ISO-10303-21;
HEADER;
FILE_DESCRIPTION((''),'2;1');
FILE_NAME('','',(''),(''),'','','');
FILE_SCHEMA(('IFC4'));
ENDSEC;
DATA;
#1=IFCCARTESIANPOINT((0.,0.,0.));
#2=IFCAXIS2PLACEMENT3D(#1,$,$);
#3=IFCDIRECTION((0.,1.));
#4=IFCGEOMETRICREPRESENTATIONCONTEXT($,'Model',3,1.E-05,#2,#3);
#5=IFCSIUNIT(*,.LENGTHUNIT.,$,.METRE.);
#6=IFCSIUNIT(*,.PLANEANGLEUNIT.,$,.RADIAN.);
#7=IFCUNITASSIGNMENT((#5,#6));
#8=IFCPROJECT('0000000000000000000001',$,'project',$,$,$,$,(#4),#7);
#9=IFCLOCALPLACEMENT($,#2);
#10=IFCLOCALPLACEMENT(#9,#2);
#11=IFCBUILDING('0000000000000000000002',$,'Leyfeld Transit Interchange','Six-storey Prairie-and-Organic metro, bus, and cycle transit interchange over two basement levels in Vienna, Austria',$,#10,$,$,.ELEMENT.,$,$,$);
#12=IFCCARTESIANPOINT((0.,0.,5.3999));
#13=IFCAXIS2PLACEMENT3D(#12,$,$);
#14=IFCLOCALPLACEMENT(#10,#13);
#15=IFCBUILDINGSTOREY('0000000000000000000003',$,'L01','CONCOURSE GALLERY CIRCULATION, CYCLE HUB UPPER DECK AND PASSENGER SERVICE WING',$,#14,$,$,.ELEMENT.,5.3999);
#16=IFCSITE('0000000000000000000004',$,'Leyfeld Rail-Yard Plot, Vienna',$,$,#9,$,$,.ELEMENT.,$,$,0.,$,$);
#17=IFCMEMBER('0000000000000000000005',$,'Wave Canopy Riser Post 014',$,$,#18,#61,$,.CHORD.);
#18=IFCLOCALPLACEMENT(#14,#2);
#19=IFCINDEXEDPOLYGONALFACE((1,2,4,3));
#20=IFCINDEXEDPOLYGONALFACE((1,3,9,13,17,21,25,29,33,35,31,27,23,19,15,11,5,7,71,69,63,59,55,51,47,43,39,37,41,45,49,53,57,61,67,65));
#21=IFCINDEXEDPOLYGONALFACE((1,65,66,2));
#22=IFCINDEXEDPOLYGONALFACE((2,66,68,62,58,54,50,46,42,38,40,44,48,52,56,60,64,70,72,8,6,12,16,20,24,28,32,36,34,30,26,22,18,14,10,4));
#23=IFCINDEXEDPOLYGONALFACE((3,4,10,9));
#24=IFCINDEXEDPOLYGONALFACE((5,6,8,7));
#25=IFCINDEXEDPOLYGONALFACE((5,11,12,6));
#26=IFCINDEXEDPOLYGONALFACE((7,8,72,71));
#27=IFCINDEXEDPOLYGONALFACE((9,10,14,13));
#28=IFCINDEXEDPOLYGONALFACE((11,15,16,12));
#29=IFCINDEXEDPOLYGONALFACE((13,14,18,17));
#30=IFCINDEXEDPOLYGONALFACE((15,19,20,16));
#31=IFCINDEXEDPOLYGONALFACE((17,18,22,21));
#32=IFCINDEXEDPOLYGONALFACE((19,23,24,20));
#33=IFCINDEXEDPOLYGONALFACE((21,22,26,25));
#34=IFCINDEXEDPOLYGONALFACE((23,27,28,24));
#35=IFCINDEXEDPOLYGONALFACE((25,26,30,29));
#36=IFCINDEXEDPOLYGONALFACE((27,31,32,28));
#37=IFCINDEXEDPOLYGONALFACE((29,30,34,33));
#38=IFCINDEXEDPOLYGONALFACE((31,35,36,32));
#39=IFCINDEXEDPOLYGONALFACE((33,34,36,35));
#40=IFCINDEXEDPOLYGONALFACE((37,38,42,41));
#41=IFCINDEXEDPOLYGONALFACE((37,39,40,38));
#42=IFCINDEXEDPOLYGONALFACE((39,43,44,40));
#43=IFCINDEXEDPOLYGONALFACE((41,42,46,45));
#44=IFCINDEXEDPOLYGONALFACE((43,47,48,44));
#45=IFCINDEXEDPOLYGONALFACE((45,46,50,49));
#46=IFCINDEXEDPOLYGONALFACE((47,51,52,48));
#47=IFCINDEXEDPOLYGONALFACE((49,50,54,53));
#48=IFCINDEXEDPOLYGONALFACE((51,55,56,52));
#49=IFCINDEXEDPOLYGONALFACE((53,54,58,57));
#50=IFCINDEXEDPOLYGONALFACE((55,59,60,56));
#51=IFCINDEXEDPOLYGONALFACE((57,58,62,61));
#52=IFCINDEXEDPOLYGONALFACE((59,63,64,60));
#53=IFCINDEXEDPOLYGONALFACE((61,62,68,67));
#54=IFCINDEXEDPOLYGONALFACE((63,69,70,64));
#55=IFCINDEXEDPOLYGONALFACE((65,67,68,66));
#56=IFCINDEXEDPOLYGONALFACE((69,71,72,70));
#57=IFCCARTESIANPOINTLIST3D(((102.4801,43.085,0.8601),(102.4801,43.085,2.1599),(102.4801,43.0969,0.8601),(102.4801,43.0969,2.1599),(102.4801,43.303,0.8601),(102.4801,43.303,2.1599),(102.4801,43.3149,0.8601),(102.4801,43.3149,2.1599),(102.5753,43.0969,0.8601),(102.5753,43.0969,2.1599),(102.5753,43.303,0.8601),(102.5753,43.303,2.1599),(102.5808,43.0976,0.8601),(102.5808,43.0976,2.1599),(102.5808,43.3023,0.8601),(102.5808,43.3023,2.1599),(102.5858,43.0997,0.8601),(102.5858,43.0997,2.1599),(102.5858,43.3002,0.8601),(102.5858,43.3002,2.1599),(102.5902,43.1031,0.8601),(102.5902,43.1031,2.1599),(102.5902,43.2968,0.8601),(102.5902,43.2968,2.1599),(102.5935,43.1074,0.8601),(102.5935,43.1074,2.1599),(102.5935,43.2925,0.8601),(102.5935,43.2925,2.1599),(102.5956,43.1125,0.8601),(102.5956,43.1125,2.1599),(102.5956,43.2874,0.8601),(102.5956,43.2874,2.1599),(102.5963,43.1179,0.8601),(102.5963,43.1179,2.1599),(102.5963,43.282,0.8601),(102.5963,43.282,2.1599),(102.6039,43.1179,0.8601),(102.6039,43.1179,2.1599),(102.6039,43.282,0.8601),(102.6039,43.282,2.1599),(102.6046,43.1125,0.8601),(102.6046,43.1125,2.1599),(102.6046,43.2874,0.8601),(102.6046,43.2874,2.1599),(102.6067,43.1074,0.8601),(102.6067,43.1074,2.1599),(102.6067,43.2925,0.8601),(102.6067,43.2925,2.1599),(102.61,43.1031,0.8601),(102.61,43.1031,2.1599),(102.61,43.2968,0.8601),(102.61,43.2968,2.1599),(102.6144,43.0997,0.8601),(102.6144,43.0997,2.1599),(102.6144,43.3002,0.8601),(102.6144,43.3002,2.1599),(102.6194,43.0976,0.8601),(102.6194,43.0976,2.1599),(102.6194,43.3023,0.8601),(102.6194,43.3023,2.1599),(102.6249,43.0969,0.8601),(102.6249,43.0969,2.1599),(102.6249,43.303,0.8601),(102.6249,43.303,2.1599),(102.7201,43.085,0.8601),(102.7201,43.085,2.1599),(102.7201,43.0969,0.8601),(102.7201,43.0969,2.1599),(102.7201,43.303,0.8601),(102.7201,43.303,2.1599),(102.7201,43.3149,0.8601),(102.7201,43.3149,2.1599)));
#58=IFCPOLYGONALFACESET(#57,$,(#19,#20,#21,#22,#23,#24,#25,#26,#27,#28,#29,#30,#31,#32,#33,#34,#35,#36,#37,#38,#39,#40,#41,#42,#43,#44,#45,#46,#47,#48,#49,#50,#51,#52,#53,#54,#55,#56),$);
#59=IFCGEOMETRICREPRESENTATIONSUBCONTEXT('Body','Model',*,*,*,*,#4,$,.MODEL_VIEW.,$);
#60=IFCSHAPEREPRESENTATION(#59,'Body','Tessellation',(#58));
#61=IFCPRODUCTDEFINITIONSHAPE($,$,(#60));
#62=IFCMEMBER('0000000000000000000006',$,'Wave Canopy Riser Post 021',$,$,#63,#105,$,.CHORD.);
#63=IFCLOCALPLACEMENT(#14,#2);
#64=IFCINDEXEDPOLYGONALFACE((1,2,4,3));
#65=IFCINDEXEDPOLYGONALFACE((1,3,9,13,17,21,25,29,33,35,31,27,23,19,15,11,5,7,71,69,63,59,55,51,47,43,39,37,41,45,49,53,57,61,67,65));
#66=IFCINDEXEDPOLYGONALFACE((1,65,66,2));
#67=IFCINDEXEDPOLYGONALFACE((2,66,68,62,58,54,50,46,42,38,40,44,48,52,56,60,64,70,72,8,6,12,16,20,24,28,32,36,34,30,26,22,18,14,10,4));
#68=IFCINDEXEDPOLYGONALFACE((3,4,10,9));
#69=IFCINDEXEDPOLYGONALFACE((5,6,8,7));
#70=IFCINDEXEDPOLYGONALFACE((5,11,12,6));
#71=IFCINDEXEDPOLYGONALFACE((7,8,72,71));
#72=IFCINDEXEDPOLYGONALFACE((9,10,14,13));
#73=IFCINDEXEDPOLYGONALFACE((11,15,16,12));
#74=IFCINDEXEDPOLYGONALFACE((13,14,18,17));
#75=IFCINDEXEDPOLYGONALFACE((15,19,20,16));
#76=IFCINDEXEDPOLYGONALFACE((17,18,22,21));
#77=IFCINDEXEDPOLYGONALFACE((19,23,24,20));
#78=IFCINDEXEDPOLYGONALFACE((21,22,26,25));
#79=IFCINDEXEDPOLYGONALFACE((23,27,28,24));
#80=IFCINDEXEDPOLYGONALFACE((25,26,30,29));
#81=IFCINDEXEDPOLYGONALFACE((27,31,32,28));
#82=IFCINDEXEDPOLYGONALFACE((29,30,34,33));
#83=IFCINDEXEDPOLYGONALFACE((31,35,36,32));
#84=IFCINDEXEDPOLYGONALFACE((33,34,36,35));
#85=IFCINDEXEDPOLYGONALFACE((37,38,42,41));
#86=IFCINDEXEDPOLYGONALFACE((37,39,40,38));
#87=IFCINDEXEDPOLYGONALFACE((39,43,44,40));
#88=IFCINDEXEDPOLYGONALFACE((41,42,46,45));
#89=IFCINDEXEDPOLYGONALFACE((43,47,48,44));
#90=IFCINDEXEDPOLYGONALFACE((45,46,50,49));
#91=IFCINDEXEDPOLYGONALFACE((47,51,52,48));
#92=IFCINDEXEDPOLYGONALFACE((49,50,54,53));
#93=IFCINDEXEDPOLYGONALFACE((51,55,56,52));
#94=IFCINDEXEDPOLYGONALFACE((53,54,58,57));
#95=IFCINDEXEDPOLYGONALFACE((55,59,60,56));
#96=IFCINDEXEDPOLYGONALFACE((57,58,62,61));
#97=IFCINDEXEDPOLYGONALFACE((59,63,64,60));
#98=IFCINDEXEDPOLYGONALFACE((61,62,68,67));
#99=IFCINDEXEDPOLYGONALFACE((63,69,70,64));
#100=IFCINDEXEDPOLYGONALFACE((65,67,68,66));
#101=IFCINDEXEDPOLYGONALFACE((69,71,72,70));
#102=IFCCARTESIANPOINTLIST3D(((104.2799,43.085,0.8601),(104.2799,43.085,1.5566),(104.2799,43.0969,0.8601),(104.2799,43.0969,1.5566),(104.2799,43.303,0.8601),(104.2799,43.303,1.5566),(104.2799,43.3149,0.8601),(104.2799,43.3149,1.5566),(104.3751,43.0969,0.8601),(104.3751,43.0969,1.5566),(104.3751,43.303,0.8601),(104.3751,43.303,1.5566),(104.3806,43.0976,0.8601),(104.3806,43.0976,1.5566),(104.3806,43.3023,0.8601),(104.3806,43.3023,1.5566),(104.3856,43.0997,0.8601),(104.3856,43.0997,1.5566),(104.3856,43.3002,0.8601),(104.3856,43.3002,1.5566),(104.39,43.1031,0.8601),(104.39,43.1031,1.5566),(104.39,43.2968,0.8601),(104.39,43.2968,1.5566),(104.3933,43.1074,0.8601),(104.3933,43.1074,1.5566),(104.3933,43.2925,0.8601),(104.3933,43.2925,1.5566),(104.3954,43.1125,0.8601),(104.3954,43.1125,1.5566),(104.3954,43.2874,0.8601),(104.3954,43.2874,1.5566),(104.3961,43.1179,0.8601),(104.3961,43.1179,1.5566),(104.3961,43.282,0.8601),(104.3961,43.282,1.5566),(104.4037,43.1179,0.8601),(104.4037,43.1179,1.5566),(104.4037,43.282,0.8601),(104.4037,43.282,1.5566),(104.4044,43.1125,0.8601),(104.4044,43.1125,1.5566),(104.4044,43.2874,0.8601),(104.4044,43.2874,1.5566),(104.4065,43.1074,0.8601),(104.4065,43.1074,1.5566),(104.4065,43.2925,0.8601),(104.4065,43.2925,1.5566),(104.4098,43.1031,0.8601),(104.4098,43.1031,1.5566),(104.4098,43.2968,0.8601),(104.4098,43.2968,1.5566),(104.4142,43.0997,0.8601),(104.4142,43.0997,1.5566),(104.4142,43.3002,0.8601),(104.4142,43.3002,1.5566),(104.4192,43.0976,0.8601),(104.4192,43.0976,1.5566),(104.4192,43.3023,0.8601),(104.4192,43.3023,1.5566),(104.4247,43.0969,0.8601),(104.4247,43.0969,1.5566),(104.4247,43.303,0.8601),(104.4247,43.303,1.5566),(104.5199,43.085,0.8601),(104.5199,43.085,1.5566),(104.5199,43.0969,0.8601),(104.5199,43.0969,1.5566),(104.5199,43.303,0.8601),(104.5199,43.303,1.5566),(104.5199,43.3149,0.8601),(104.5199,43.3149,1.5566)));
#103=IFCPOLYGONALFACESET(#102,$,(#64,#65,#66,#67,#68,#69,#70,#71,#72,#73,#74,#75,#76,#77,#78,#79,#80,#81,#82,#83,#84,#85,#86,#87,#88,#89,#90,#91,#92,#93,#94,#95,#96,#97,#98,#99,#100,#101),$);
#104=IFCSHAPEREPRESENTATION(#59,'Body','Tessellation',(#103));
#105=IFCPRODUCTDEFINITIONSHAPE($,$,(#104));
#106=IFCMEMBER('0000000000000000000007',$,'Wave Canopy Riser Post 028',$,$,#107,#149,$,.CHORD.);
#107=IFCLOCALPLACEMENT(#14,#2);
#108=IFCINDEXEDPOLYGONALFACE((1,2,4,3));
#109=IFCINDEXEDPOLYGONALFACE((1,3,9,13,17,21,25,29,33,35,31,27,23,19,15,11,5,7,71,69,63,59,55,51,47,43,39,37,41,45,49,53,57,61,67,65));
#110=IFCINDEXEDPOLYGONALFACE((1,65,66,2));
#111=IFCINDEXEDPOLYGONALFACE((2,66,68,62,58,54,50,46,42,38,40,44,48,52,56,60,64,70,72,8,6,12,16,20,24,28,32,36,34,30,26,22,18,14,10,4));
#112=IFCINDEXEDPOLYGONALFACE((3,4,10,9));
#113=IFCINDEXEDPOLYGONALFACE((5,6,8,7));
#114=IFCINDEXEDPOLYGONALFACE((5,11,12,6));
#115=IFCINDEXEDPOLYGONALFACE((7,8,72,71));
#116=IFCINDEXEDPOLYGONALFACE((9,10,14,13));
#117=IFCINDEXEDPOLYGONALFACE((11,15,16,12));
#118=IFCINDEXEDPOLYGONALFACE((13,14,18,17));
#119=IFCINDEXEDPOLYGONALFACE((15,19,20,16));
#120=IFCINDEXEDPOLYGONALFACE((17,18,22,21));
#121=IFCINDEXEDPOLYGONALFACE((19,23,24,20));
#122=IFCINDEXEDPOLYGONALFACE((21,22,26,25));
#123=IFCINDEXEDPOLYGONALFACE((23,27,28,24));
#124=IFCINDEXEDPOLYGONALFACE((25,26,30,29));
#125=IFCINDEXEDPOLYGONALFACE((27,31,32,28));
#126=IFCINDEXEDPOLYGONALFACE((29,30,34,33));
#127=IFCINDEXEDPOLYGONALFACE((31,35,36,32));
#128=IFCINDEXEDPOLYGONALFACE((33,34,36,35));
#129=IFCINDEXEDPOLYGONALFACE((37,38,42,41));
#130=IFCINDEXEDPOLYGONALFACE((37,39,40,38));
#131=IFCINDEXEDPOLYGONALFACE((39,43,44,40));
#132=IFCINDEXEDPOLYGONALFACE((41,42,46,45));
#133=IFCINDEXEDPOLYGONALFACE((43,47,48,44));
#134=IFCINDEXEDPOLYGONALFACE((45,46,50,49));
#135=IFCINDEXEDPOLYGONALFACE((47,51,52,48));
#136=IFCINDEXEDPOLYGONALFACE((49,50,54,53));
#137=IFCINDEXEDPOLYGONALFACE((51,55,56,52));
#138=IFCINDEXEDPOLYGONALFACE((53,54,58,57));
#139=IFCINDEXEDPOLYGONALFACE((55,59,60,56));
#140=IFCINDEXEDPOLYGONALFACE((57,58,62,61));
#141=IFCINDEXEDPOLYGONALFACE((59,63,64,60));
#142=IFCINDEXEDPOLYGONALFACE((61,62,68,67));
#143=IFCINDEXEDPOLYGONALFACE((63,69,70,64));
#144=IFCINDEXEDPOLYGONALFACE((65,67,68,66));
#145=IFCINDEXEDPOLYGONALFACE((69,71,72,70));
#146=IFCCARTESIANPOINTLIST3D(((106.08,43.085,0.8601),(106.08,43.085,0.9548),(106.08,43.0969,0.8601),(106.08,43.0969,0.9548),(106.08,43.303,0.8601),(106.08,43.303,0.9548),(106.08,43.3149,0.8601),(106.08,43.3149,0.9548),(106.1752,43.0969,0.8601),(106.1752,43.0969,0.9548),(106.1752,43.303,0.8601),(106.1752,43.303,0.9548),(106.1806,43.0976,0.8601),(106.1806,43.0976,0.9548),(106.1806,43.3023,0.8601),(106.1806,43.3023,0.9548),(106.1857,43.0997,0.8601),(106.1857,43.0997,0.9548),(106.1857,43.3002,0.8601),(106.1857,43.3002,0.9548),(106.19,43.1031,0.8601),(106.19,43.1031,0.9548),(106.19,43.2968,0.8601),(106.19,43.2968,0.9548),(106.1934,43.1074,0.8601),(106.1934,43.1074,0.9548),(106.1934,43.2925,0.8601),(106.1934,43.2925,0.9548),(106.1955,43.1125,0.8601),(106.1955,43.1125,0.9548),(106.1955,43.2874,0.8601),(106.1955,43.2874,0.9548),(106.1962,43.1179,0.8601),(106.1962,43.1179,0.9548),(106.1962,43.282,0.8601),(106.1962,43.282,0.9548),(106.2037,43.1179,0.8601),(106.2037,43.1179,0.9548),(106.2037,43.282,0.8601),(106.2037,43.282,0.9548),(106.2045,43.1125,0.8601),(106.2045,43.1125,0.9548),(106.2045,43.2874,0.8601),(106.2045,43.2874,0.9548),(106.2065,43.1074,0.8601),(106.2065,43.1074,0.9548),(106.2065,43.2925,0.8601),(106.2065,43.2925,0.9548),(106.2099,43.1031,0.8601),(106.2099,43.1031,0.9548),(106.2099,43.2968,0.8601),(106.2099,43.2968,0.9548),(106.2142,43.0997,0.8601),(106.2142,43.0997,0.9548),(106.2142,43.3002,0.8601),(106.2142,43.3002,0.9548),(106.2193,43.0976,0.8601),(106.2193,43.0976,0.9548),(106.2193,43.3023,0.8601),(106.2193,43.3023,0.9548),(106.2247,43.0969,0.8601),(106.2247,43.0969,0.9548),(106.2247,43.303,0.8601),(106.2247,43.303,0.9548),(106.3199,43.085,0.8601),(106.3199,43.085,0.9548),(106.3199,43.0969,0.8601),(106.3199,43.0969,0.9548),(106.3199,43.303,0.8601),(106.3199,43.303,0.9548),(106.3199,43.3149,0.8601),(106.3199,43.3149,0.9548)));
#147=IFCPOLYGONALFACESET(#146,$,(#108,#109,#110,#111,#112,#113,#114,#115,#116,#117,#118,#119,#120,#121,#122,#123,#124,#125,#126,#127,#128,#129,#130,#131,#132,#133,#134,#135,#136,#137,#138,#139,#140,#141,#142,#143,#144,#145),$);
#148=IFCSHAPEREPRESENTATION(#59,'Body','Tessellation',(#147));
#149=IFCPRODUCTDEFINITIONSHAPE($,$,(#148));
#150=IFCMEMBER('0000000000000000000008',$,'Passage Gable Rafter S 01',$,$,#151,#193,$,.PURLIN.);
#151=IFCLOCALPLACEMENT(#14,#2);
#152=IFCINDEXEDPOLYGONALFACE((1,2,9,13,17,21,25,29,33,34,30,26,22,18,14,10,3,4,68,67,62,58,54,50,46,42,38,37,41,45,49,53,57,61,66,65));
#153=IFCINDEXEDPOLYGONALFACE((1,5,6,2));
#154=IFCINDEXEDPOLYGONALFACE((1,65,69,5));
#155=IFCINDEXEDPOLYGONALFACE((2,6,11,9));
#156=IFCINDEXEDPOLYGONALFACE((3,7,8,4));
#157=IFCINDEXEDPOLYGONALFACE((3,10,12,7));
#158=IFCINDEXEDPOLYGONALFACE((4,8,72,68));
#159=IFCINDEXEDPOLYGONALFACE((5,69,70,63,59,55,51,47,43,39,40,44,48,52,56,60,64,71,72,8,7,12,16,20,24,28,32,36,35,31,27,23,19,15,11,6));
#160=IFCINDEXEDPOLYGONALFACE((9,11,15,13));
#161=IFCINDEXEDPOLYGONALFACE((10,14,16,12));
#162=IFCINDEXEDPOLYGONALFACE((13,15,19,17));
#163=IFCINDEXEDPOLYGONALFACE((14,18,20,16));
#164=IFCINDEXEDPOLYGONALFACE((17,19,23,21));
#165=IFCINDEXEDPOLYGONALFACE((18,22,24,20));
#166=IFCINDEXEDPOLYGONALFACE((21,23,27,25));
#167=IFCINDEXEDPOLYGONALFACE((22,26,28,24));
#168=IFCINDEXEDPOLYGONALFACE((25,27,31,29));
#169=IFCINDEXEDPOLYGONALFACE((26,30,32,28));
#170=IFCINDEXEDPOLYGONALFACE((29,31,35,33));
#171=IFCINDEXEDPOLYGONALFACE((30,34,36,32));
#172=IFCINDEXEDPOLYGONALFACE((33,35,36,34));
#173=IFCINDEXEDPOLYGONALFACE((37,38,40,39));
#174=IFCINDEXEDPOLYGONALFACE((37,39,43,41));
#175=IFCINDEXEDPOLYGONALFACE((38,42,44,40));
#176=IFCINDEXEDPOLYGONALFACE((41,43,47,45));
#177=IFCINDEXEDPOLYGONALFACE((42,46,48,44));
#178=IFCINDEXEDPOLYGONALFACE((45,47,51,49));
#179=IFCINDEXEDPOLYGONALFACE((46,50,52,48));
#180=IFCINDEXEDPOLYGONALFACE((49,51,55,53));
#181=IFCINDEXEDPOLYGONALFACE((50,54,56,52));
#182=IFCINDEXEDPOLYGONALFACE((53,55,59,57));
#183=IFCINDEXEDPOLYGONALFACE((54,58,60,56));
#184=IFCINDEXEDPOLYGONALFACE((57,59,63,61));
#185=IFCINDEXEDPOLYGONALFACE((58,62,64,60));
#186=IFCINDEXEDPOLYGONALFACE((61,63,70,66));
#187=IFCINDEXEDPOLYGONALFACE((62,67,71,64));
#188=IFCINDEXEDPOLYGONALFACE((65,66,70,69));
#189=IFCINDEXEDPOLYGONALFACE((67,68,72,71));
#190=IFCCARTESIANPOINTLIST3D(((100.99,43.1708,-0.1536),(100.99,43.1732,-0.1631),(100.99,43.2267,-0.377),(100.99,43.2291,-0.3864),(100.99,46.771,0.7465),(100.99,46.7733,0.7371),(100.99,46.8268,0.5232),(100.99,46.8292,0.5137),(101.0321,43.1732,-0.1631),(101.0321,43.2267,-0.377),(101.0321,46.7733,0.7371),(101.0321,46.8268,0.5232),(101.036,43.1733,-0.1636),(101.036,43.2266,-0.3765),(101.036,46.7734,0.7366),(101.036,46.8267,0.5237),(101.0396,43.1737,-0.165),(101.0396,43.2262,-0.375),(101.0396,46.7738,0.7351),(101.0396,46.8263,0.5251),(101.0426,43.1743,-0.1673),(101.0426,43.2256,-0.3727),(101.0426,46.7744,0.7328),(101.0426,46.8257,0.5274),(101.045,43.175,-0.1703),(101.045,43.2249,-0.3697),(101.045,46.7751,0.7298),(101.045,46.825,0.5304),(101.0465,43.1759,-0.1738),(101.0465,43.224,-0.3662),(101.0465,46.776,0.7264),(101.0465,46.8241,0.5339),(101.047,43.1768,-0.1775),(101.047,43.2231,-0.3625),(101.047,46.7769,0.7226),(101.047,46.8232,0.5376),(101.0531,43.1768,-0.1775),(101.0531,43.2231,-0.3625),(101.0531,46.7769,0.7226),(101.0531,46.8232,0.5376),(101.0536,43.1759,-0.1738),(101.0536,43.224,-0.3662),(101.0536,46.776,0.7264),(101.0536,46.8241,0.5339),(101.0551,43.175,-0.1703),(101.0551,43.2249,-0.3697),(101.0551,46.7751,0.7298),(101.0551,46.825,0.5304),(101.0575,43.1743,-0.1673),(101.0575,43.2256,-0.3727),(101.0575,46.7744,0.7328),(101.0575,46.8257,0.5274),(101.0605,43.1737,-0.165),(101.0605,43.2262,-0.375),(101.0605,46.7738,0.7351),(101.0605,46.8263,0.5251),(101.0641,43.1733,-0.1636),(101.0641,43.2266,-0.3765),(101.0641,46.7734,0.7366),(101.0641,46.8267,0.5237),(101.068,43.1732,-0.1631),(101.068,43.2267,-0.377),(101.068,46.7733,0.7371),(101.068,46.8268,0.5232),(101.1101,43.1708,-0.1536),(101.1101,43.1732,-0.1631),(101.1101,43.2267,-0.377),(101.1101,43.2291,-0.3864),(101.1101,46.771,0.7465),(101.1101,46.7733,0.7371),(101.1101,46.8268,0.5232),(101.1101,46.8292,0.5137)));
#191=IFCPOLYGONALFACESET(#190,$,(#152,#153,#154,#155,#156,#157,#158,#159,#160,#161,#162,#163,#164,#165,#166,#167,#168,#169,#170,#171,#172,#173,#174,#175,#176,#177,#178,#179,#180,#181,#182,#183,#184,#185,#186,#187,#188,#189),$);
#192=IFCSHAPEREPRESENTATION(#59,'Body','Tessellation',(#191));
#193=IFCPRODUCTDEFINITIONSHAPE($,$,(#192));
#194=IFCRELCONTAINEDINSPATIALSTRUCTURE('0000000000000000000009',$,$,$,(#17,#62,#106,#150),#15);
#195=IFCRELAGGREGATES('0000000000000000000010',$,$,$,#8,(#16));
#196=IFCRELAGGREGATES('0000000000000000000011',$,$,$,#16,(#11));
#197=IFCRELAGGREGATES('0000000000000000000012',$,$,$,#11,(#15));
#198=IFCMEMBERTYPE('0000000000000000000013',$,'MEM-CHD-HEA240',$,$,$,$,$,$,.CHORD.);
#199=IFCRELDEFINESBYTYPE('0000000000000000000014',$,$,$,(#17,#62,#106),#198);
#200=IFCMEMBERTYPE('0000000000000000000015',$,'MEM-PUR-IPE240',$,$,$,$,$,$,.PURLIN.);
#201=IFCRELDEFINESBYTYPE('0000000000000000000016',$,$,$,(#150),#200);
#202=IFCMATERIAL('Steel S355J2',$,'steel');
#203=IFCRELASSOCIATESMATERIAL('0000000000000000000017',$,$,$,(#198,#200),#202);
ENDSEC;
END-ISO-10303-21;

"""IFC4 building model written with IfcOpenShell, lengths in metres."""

from ifc_helpers import new_model, si_unit, direction, frame, origin, origin_2d, place, context, subcontext, project, spatial, i_section, extrude, material, material_profile, profile_set, type_object, element, save


model = new_model("IFC4")

# Units and contexts
model_context = context("Model", 3, precision=1e-05, world=origin(), true_north=direction((0.0, 1.0)))
body_context = subcontext(model_context, "Body", "Model", "MODEL_VIEW")
ifc_project = project(units=[si_unit("LENGTHUNIT", "METRE"), si_unit("PLANEANGLEUNIT", "RADIAN")], contexts=[model_context])

# Site, building, storey
site_placement = place(None, origin())
site = spatial("IfcSite", under=ifc_project, at=site_placement, Name="Leyfeld Rail-Yard Plot, Vienna", CompositionType="ELEMENT", RefElevation=0.0)
building_placement = place(site_placement, origin())
building = spatial("IfcBuilding", under=site, at=building_placement, Name="Leyfeld Transit Interchange", Description="Six-storey Prairie-and-Organic metro, bus, and cycle transit interchange over two basement levels in Vienna, Austria", CompositionType="ELEMENT")
storey_placement = place(building_placement, frame((0.0, 0.0, 5.3999)))
storey = spatial("IfcBuildingStorey", under=building, at=storey_placement, Name="L01", Description="CONCOURSE GALLERY CIRCULATION, CYCLE HUB UPPER DECK AND PASSENGER SERVICE WING", CompositionType="ELEMENT", Elevation=5.3999)

# Shared definitions
ifc_material_1 = material(Name="Steel S355J2", Category="steel")

# Members
ifc_material_profile_1 = material_profile(ifc_material_1, i_section(OverallWidth=0.24, OverallDepth=0.23, WebThickness=0.0076, FlangeThickness=0.012, FilletRadius=0.021, at=origin_2d()), Name="HEA 240")
ifc_profile_set_1 = profile_set([ifc_material_profile_1], Name="Steel S355J2")
member_type_1 = type_object("IfcMemberType", Name="MEM-CHD-HEA240", PredefinedType="CHORD", material=ifc_profile_set_1)
member_1_placement = place(storey_placement, frame((102.6001, 43.2, 0.8601), z_axis=(0.0, 0.0, 1.0), x_axis=(1.0, 0.0, 0.0)))
element("IfcMember", 1, at=member_1_placement, inside=storey, type_object=member_type_1, Name="Wave Canopy Riser Post 014", PredefinedType="CHORD", context=body_context, shape_type="SweptSolid", body=[
    extrude(i_section(OverallWidth=0.24, OverallDepth=0.23, WebThickness=0.0076, FlangeThickness=0.012, FilletRadius=0.021, at=origin_2d()), origin(), (0.0, 0.0, 1.0), 1.2998),
])
member_2_placement = place(storey_placement, frame((104.3999, 43.2, 0.8601), z_axis=(0.0, 0.0, 1.0), x_axis=(1.0, 0.0, 0.0)))
element("IfcMember", 2, at=member_2_placement, inside=storey, type_object=member_type_1, Name="Wave Canopy Riser Post 021", PredefinedType="CHORD", context=body_context, shape_type="SweptSolid", body=[
    extrude(i_section(OverallWidth=0.24, OverallDepth=0.23, WebThickness=0.0076, FlangeThickness=0.012, FilletRadius=0.021, at=origin_2d()), origin(), (0.0, 0.0, 1.0), 0.6965),
])
member_3_placement = place(storey_placement, frame((106.2, 43.2, 0.8601), z_axis=(0.0, 0.0, 1.0), x_axis=(1.0, 0.0, 0.0)))
element("IfcMember", 3, at=member_3_placement, inside=storey, type_object=member_type_1, Name="Wave Canopy Riser Post 028", PredefinedType="CHORD", context=body_context, shape_type="SweptSolid", body=[
    extrude(i_section(OverallWidth=0.24, OverallDepth=0.23, WebThickness=0.0076, FlangeThickness=0.012, FilletRadius=0.021, at=origin_2d()), origin(), (0.0, 0.0, 1.0), 0.0947),
])
ifc_material_profile_2 = material_profile(ifc_material_1, i_section(OverallWidth=0.1201, OverallDepth=0.24, WebThickness=0.0061, FlangeThickness=0.0098, FilletRadius=0.0149, at=origin_2d()), Name="IPE 240")
ifc_profile_set_2 = profile_set([ifc_material_profile_2], Name="Steel S355J2")
member_type_2 = type_object("IfcMemberType", Name="MEM-PUR-IPE240", PredefinedType="PURLIN", material=ifc_profile_set_2)
member_4_placement = place(storey_placement, frame((101.05, 43.2, -0.27), z_axis=(0.0, 0.970135, 0.242567), x_axis=(-1.0, 0.0, 0.0)))
element("IfcMember", 4, at=member_4_placement, inside=storey, type_object=member_type_2, Name="Passage Gable Rafter S 01", PredefinedType="PURLIN", context=body_context, shape_type="SweptSolid", body=[
    extrude(i_section(OverallWidth=0.1201, OverallDepth=0.24, WebThickness=0.0061, FlangeThickness=0.0098, FilletRadius=0.0149, at=origin_2d()), origin(), (0.0, 0.0, 1.0), 3.7109),
])

save(model, "model.ifc")
